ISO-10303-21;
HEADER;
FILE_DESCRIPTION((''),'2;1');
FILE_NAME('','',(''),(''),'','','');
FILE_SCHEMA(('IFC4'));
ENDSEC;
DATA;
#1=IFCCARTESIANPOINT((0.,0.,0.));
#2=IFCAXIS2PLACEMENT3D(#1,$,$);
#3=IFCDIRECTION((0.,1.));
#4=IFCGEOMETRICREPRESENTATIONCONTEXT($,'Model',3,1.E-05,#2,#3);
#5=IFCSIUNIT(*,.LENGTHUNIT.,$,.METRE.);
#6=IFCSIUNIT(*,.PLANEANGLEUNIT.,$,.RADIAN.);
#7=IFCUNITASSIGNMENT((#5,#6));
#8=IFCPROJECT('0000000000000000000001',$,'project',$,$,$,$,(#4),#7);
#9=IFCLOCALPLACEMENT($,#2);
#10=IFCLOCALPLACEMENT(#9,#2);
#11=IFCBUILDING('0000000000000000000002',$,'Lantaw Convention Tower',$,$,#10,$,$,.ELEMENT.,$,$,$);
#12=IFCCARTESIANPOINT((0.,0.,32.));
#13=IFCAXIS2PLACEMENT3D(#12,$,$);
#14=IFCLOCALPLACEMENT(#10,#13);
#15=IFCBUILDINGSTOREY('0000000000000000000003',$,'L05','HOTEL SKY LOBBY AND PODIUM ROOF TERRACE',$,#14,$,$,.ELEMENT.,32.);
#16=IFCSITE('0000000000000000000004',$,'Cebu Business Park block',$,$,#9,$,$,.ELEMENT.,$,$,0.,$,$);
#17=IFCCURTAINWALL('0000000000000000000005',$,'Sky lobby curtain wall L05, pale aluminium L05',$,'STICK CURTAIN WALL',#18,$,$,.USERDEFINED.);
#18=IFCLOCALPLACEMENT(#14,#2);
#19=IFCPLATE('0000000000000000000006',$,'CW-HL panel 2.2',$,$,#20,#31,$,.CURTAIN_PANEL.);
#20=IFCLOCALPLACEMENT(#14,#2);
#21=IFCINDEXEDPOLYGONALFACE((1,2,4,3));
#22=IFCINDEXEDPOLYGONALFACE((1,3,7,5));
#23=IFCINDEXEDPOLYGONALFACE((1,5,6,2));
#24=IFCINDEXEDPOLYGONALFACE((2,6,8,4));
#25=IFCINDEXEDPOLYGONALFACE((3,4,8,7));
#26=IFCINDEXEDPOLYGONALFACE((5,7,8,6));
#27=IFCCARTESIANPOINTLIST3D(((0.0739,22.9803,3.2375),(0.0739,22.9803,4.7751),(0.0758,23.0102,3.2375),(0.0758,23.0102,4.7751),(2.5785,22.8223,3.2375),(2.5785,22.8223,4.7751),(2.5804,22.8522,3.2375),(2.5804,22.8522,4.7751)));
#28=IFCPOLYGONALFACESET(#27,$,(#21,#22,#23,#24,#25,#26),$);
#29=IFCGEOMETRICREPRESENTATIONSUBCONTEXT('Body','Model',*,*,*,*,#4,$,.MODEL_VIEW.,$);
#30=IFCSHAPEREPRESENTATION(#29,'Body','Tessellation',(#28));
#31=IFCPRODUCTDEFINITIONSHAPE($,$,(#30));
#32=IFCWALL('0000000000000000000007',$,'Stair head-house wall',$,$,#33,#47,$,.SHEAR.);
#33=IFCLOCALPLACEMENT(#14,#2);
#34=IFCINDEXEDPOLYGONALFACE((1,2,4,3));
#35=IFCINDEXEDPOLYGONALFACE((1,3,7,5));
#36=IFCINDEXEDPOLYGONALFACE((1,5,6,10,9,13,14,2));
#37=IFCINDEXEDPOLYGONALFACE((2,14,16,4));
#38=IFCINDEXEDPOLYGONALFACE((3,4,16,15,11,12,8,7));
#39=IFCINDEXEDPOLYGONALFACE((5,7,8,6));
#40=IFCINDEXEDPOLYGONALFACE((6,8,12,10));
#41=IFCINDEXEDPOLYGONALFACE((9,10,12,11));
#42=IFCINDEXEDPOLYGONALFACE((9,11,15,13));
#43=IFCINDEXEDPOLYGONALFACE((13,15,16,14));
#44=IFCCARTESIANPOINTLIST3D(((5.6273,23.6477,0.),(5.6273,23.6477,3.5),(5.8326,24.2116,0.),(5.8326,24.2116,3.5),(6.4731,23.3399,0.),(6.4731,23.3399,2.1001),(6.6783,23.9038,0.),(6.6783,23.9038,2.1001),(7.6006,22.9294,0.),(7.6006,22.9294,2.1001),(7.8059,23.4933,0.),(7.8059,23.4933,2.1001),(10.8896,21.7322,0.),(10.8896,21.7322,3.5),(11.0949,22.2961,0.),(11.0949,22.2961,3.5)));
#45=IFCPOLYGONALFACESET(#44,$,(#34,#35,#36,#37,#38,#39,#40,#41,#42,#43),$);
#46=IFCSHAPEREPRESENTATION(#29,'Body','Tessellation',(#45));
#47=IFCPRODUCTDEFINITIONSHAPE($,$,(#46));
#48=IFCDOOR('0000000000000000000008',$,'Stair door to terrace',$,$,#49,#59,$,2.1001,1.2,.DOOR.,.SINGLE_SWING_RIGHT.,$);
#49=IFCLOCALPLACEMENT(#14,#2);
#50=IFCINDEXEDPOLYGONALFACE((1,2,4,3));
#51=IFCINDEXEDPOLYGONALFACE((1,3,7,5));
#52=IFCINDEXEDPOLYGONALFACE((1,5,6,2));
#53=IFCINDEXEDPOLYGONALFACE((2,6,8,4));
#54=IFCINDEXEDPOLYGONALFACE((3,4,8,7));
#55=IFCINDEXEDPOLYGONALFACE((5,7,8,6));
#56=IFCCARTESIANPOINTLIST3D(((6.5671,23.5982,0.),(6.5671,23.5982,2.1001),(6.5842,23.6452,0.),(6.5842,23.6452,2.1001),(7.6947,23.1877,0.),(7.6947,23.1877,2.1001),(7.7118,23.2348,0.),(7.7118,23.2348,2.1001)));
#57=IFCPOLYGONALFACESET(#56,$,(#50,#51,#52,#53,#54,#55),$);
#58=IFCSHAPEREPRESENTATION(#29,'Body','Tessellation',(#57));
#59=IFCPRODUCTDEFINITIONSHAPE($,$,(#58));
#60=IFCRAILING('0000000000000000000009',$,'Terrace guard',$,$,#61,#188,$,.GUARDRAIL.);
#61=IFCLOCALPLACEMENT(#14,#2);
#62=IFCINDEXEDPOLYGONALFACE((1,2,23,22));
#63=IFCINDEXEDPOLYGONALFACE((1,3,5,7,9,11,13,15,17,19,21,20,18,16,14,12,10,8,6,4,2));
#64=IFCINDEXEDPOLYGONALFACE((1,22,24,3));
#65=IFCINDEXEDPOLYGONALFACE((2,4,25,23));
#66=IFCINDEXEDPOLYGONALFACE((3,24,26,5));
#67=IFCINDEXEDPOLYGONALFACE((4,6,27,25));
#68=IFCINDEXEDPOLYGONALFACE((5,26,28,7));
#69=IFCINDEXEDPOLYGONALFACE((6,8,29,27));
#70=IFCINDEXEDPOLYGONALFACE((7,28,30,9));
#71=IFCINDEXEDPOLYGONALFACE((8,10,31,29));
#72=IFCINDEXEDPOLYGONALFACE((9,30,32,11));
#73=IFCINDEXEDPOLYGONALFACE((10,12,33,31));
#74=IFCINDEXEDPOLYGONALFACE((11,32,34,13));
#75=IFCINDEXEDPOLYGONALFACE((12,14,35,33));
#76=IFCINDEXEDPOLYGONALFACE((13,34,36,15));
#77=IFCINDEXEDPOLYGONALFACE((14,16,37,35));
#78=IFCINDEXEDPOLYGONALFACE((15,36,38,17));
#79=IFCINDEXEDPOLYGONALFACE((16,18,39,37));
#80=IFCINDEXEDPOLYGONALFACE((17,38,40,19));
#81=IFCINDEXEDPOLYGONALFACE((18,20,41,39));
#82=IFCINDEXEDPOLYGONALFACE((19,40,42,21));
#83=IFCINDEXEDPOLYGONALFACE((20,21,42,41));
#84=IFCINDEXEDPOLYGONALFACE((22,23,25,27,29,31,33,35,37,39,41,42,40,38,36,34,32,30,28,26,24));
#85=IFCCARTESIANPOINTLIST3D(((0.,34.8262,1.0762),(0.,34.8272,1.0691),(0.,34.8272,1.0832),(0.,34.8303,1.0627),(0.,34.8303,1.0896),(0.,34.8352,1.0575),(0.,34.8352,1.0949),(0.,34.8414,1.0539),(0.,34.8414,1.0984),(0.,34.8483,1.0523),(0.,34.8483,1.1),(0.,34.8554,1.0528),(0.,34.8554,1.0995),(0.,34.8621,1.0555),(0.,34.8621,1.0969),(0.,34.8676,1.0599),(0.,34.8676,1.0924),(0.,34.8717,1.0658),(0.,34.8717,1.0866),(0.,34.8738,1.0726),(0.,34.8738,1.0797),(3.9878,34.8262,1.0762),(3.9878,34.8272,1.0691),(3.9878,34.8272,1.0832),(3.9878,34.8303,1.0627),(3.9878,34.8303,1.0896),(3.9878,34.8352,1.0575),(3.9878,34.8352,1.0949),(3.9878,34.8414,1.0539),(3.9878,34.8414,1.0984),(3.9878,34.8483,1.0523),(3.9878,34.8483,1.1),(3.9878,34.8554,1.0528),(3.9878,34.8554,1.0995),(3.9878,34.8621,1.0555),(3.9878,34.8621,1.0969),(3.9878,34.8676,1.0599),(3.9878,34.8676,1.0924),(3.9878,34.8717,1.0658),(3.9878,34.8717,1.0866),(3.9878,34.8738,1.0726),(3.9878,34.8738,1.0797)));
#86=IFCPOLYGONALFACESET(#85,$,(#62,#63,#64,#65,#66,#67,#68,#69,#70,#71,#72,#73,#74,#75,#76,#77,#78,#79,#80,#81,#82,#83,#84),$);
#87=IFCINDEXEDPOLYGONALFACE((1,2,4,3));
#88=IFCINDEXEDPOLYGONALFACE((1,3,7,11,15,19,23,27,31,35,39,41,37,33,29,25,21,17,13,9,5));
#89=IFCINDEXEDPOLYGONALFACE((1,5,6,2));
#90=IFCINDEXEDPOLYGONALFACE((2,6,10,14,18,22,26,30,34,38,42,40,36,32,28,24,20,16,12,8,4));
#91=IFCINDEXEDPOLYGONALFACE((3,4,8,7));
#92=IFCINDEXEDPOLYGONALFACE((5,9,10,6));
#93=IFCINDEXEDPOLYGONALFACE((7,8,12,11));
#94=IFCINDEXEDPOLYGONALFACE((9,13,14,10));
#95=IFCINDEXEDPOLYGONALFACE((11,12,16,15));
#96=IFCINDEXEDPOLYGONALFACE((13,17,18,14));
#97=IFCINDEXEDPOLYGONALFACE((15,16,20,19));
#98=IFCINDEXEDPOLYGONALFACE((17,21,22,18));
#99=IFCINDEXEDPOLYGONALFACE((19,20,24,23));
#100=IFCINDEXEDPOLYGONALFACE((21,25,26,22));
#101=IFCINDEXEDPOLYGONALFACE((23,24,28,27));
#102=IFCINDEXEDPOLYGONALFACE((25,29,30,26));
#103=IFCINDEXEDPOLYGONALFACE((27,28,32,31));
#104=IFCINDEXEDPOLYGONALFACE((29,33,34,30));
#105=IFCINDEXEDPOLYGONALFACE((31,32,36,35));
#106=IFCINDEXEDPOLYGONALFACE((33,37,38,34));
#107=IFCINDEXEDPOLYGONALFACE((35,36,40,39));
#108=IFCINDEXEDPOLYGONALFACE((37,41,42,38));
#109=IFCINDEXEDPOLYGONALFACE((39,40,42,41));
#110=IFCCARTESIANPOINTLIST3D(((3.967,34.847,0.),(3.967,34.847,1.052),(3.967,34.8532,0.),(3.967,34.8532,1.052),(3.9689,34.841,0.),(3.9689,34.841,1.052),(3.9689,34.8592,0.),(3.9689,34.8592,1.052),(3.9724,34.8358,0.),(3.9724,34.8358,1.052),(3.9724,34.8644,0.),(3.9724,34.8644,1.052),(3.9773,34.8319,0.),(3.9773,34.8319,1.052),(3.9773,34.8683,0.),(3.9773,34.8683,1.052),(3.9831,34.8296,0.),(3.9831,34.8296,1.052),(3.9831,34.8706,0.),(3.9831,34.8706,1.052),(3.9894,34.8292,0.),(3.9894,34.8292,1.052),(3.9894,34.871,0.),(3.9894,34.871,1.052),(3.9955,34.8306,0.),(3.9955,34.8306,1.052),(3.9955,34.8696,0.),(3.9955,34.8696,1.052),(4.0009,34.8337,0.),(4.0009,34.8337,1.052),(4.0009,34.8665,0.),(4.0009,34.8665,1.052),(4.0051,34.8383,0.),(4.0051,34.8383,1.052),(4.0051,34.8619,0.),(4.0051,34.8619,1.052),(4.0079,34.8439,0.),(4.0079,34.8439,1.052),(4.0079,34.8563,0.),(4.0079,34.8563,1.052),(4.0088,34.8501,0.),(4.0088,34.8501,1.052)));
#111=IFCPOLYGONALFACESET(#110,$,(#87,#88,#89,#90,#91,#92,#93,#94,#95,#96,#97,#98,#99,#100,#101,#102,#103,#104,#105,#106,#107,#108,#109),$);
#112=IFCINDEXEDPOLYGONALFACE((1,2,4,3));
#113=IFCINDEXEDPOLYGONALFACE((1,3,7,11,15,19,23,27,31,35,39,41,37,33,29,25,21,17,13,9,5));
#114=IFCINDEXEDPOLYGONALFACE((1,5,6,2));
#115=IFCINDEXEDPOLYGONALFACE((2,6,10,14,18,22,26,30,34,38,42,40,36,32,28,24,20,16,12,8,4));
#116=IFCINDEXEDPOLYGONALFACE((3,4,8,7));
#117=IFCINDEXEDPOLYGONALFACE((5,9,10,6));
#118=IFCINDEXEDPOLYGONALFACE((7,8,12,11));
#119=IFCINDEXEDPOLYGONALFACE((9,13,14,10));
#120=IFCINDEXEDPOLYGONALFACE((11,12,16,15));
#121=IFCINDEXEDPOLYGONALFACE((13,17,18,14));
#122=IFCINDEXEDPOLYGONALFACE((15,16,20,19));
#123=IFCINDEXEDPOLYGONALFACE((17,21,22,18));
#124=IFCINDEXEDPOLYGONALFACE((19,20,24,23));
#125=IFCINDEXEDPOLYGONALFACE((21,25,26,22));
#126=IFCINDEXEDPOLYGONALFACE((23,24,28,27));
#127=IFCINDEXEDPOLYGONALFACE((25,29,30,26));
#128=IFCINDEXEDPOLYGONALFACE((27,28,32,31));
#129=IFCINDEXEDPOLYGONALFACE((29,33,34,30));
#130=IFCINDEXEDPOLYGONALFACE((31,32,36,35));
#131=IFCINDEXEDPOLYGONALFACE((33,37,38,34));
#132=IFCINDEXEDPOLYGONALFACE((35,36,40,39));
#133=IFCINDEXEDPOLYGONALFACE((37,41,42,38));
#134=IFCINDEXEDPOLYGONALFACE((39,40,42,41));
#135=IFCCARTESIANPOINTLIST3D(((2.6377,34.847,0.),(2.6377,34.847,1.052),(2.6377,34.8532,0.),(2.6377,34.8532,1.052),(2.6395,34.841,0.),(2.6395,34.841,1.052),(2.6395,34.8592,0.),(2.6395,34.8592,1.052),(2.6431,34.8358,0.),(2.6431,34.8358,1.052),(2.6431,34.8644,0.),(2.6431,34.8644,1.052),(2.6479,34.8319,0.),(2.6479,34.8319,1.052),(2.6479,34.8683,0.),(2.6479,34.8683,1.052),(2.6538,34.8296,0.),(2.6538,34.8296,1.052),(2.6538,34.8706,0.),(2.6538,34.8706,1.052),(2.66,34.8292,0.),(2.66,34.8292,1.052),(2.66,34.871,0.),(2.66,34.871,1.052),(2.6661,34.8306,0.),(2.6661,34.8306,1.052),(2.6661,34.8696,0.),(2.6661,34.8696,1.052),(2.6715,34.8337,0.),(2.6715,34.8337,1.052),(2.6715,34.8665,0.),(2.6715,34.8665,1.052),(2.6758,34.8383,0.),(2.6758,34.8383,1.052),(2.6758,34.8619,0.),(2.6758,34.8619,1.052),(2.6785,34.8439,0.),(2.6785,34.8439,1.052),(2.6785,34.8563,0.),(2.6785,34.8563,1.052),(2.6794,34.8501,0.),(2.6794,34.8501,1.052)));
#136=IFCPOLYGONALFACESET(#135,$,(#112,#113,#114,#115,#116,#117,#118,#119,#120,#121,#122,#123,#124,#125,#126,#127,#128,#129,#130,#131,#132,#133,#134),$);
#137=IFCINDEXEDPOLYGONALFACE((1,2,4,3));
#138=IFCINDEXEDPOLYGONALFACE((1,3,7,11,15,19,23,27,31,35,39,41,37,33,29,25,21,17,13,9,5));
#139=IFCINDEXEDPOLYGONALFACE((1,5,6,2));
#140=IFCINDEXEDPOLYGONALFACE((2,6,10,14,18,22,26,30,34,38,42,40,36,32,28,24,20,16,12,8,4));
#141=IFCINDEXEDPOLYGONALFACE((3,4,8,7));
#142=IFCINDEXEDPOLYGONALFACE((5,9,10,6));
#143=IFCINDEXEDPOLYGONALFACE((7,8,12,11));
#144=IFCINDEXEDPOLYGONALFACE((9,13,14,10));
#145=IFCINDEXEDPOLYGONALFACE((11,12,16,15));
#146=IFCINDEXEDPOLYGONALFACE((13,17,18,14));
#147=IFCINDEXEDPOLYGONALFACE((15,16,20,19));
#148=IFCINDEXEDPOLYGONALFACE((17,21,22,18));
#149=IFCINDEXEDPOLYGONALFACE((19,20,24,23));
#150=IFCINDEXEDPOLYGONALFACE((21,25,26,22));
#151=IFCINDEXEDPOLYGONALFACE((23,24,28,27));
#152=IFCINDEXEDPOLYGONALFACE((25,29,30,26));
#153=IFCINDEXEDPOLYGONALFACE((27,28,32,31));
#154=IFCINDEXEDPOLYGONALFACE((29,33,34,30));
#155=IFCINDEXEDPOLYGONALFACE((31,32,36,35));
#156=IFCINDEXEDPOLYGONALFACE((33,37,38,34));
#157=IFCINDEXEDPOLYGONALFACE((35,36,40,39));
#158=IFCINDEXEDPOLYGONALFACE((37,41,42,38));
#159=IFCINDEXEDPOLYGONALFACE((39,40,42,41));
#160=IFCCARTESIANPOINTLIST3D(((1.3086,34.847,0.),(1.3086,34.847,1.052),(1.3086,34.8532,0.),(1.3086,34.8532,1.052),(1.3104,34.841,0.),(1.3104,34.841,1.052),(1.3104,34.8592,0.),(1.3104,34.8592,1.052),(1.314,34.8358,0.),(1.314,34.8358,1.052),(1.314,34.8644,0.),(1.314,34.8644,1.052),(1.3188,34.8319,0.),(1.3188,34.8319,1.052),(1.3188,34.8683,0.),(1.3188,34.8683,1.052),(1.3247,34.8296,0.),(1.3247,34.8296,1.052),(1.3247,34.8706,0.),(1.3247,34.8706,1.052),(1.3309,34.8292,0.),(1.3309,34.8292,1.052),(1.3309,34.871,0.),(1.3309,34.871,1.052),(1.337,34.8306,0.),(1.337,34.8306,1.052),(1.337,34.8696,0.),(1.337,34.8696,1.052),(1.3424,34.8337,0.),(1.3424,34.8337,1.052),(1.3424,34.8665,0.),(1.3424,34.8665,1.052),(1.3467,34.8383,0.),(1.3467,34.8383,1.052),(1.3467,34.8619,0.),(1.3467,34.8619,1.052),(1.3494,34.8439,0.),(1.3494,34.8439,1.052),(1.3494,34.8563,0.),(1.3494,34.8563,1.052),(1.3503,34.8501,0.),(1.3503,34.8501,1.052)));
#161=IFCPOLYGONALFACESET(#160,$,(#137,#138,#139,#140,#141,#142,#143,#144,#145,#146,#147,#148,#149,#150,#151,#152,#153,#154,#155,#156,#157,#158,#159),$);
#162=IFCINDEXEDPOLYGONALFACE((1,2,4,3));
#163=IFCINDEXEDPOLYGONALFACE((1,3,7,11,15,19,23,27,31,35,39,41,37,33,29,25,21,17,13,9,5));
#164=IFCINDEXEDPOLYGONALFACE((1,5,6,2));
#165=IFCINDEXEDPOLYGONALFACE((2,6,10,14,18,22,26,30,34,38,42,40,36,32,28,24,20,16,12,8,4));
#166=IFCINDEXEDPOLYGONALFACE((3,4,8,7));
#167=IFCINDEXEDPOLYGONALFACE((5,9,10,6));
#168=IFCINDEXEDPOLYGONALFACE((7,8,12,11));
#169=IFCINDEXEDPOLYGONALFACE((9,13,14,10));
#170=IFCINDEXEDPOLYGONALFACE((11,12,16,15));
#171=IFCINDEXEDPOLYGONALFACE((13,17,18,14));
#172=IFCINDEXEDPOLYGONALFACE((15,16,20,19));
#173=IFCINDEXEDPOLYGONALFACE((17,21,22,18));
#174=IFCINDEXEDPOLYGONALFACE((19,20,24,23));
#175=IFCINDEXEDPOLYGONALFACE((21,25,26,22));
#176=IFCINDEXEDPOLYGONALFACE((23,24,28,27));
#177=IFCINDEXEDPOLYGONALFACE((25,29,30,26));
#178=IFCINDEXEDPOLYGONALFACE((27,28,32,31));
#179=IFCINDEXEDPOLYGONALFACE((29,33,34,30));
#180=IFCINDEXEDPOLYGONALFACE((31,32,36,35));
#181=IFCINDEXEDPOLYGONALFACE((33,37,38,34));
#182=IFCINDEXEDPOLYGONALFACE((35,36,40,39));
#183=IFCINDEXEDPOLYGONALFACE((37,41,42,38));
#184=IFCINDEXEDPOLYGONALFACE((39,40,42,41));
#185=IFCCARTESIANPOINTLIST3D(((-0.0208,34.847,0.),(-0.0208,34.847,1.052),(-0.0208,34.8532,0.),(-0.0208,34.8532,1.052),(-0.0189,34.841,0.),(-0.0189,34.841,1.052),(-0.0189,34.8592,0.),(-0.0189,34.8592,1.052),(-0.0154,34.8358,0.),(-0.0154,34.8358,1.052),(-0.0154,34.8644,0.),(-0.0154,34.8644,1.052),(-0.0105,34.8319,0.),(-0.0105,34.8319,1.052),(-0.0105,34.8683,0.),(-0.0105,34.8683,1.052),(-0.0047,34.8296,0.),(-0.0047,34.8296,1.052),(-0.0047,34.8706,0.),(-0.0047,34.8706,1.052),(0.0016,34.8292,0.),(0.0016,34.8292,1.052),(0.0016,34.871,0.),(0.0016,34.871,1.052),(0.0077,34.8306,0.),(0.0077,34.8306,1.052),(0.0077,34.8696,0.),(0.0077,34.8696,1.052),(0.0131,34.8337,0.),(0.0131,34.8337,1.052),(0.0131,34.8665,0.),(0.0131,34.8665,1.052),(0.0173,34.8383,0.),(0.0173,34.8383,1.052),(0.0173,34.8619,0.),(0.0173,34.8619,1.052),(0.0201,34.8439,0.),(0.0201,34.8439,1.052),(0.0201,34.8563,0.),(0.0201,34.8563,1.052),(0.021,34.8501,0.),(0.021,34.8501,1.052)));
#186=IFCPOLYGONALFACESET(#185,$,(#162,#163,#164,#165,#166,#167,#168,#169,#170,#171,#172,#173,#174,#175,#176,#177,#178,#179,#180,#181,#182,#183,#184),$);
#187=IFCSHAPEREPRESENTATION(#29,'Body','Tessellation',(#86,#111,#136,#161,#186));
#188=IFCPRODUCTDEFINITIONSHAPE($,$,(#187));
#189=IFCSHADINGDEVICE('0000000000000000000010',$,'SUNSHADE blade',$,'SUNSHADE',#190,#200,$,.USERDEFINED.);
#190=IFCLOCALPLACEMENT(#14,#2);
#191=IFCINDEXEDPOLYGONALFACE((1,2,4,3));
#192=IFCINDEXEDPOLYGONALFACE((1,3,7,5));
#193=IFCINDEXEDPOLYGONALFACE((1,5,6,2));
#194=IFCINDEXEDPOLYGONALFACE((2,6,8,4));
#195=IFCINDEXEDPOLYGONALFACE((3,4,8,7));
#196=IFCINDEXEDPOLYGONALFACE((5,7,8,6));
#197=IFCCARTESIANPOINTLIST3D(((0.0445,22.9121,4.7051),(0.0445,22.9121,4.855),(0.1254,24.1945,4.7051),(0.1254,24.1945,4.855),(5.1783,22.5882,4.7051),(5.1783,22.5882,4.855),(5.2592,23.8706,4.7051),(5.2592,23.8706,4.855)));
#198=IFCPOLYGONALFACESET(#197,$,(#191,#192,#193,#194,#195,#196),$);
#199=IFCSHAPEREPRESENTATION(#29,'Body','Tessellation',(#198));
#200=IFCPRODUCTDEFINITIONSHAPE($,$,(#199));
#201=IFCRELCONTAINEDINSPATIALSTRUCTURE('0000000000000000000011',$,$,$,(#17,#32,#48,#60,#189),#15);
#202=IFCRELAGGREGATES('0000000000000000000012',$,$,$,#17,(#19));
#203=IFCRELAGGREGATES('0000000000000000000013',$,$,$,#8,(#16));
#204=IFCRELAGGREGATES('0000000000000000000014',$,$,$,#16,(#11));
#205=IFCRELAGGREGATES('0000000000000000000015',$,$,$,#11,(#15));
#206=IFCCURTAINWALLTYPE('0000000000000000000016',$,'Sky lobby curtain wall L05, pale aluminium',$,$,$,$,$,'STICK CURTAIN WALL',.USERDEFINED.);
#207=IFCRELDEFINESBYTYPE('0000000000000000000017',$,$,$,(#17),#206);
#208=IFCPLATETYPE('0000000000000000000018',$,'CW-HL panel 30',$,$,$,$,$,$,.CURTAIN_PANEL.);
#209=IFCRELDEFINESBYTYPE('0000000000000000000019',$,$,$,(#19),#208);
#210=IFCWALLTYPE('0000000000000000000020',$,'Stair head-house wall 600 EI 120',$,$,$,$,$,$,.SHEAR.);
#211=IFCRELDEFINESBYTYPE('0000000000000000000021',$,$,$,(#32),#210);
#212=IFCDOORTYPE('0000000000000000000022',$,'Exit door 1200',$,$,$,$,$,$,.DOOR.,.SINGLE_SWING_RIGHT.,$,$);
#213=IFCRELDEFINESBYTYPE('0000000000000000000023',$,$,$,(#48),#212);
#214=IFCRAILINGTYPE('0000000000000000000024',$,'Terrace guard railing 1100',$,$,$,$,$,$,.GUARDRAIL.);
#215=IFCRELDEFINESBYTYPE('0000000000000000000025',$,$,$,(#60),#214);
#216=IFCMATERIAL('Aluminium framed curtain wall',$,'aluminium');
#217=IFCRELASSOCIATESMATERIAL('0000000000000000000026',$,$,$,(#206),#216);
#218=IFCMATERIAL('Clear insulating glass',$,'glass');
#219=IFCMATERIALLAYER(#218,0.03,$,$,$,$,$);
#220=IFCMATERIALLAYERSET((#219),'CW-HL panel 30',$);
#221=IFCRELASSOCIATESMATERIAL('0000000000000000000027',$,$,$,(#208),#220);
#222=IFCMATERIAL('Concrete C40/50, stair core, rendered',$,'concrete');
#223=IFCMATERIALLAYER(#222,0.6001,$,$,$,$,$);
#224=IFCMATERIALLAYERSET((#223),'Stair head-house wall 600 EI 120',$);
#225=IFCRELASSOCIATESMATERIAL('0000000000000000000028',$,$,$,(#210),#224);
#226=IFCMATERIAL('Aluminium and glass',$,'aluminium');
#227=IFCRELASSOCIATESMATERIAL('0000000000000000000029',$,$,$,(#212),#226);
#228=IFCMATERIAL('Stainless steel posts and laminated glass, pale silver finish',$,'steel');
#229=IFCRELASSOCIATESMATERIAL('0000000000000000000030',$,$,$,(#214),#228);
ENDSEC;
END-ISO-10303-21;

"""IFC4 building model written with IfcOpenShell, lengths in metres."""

from ifc_helpers import new_model, si_unit, direction, frame, frame_2d, origin, origin_2d, place, context, subcontext, project, spatial, rectangle, circle, extrude, material, layer, layer_set, type_object, element, fill, aggregate, save


model = new_model("IFC4")

# Units and contexts
model_context = context("Model", 3, precision=1e-05, world=origin(), true_north=direction((0.0, 1.0)))
body_context = subcontext(model_context, "Body", "Model", "MODEL_VIEW")
ifc_project = project(units=[si_unit("LENGTHUNIT", "METRE"), si_unit("PLANEANGLEUNIT", "RADIAN")], contexts=[model_context])

# Site, building, storey
site_placement = place(None, origin())
site = spatial("IfcSite", under=ifc_project, at=site_placement, Name="Cebu Business Park block", CompositionType="ELEMENT", RefElevation=0.0)
building_placement = place(site_placement, origin())
building = spatial("IfcBuilding", under=site, at=building_placement, Name="Lantaw Convention Tower", CompositionType="ELEMENT")
storey_placement = place(building_placement, frame((0.0, 0.0, 32.0)))
storey = spatial("IfcBuildingStorey", under=building, at=storey_placement, Name="L05", Description="HOTEL SKY LOBBY AND PODIUM ROOF TERRACE", CompositionType="ELEMENT", Elevation=32.0)

# Shared definitions
ifc_material_1 = material(Name="Aluminium framed curtain wall", Category="aluminium")
curtain_wall_type = type_object("IfcCurtainWallType", Name="Sky lobby curtain wall L05, pale aluminium", ElementType="STICK CURTAIN WALL", PredefinedType="USERDEFINED", material=ifc_material_1)

# Curtain wall
curtain_wall_1_placement = place(storey_placement, origin())
curtain_wall_1 = element("IfcCurtainWall", 1, at=curtain_wall_1_placement, inside=storey, type_object=curtain_wall_type, Name="Sky lobby curtain wall L05, pale aluminium L05", ObjectType="STICK CURTAIN WALL", PredefinedType="USERDEFINED")

# Plate
ifc_material_2 = material(Name="Clear insulating glass", Category="glass")
ifc_layer_1 = layer(ifc_material_2, 0.03)
ifc_layer_set_1 = layer_set([ifc_layer_1], Name="CW-HL panel 30")
plate_type = type_object("IfcPlateType", Name="CW-HL panel 30", PredefinedType="CURTAIN_PANEL", material=ifc_layer_set_1)
plate_1_placement = place(storey_placement, frame((1.3271, 22.9163, 3.2375), z_axis=(0.0, 0.0, 1.0), x_axis=(-0.998016, 0.062958, 0.0)))
plate_1 = element("IfcPlate", 2, at=plate_1_placement, type_object=plate_type, Name="CW-HL panel 2.2", PredefinedType="CURTAIN_PANEL", context=body_context, shape_type="SweptSolid", body=[
    extrude(rectangle(XDim=2.5095, YDim=0.03, at=origin_2d()), origin(), (0.0, 0.0, 1.0), 1.5376),
])
aggregate(curtain_wall_1, [plate_1])

# Wall, opening, door
ifc_material_3 = material(Name="Concrete C40/50, stair core, rendered", Category="concrete")
ifc_layer_2 = layer(ifc_material_3, 0.6001)
ifc_layer_set_2 = layer_set([ifc_layer_2], Name="Stair head-house wall 600 EI 120")
wall_type = type_object("IfcWallType", Name="Stair head-house wall 600 EI 120", PredefinedType="SHEAR", material=ifc_layer_set_2)
wall_placement = place(storey_placement, frame((5.73, 23.9297, 0.0), z_axis=(0.0, 0.0, 1.0), x_axis=(0.939679, -0.342058, 0.0)))
wall = element("IfcWall", 3, at=wall_placement, inside=storey, type_object=wall_type, Name="Stair head-house wall", PredefinedType="SHEAR", context=body_context, shape_type="SweptSolid", body=[
    extrude(rectangle(XDim=5.6001, YDim=0.6001, at=frame_2d((2.8, 0.0))), origin(), (0.0, 0.0, 1.0), 3.5),
])
opening_placement = place(wall_placement, frame((0.8999, 0.0, 0.0)))
opening = element("IfcOpeningElement", 4, at=opening_placement, cuts=wall, PredefinedType="OPENING", context=body_context, shape_type="SweptSolid", body=[
    extrude(rectangle(XDim=1.2, YDim=2.1001, at=frame_2d((0.6001, 1.05))), frame((0.0, 0.3101, 0.0), z_axis=(0.0, -1.0, 0.0), x_axis=(1.0, 0.0, 0.0)), (0.0, 0.0, 1.0), 0.6201),
])
ifc_material_4 = material(Name="Aluminium and glass", Category="aluminium")
door_type = type_object("IfcDoorType", Name="Exit door 1200", OperationType="SINGLE_SWING_RIGHT", PredefinedType="DOOR", material=ifc_material_4)
door_placement = place(opening_placement, origin())
door = element("IfcDoor", 5, at=door_placement, inside=storey, type_object=door_type, Name="Stair door to terrace", OperationType="SINGLE_SWING_RIGHT", OverallHeight=2.1001, OverallWidth=1.2, PredefinedType="DOOR", context=body_context, shape_type="SweptSolid", body=[
    extrude(rectangle(XDim=1.2, YDim=2.1001, at=frame_2d((0.6001, 1.05))), frame((0.0, 0.0249, 0.0), z_axis=(0.0, -1.0, 0.0), x_axis=(1.0, 0.0, 0.0)), (0.0, 0.0, 1.0), 0.05),
])
fill(opening, door)

# Railing
ifc_material_5 = material(Name="Stainless steel posts and laminated glass, pale silver finish", Category="steel")
railing_type = type_object("IfcRailingType", Name="Terrace guard railing 1100", PredefinedType="GUARDRAIL", material=ifc_material_5)
railing_placement = place(storey_placement, frame((3.9878, 34.8501, 0.0)))
element("IfcRailing", 6, at=railing_placement, inside=storey, type_object=railing_type, Name="Terrace guard", PredefinedType="GUARDRAIL", context=body_context, shape_type="SweptSolid", body=[
    extrude(circle(Radius=0.0239, at=origin_2d()), frame((0.0, 0.0, 1.0762), z_axis=(-1.0, 0.0, 0.0), x_axis=(0.0, -1.0, 0.0)), (0.0, 0.0, 1.0), 3.9878),
    extrude(circle(Radius=0.021, at=origin_2d()), origin(), (0.0, 0.0, 1.0), 1.052),
    extrude(circle(Radius=0.021, at=origin_2d()), frame((-1.3293, 0.0, 0.0)), (0.0, 0.0, 1.0), 1.052),
    extrude(circle(Radius=0.021, at=origin_2d()), frame((-2.6584, 0.0, 0.0)), (0.0, 0.0, 1.0), 1.052),
    extrude(circle(Radius=0.021, at=origin_2d()), frame((-3.9878, 0.0, 0.0)), (0.0, 0.0, 1.0), 1.052),
])

# Shading device
shading_device_placement = place(storey_placement, frame((2.6519, 23.3914, 4.7051), z_axis=(0.0, 0.0, 1.0), x_axis=(-0.998016, 0.062958, 0.0)))
element("IfcShadingDevice", 7, at=shading_device_placement, inside=storey, Name="SUNSHADE blade", ObjectType="SUNSHADE", PredefinedType="USERDEFINED", context=body_context, shape_type="SweptSolid", body=[
    extrude(rectangle(XDim=5.144, YDim=1.2849, at=origin_2d()), origin(), (0.0, 0.0, 1.0), 0.1499),
])

save(model, "model.ifc")
